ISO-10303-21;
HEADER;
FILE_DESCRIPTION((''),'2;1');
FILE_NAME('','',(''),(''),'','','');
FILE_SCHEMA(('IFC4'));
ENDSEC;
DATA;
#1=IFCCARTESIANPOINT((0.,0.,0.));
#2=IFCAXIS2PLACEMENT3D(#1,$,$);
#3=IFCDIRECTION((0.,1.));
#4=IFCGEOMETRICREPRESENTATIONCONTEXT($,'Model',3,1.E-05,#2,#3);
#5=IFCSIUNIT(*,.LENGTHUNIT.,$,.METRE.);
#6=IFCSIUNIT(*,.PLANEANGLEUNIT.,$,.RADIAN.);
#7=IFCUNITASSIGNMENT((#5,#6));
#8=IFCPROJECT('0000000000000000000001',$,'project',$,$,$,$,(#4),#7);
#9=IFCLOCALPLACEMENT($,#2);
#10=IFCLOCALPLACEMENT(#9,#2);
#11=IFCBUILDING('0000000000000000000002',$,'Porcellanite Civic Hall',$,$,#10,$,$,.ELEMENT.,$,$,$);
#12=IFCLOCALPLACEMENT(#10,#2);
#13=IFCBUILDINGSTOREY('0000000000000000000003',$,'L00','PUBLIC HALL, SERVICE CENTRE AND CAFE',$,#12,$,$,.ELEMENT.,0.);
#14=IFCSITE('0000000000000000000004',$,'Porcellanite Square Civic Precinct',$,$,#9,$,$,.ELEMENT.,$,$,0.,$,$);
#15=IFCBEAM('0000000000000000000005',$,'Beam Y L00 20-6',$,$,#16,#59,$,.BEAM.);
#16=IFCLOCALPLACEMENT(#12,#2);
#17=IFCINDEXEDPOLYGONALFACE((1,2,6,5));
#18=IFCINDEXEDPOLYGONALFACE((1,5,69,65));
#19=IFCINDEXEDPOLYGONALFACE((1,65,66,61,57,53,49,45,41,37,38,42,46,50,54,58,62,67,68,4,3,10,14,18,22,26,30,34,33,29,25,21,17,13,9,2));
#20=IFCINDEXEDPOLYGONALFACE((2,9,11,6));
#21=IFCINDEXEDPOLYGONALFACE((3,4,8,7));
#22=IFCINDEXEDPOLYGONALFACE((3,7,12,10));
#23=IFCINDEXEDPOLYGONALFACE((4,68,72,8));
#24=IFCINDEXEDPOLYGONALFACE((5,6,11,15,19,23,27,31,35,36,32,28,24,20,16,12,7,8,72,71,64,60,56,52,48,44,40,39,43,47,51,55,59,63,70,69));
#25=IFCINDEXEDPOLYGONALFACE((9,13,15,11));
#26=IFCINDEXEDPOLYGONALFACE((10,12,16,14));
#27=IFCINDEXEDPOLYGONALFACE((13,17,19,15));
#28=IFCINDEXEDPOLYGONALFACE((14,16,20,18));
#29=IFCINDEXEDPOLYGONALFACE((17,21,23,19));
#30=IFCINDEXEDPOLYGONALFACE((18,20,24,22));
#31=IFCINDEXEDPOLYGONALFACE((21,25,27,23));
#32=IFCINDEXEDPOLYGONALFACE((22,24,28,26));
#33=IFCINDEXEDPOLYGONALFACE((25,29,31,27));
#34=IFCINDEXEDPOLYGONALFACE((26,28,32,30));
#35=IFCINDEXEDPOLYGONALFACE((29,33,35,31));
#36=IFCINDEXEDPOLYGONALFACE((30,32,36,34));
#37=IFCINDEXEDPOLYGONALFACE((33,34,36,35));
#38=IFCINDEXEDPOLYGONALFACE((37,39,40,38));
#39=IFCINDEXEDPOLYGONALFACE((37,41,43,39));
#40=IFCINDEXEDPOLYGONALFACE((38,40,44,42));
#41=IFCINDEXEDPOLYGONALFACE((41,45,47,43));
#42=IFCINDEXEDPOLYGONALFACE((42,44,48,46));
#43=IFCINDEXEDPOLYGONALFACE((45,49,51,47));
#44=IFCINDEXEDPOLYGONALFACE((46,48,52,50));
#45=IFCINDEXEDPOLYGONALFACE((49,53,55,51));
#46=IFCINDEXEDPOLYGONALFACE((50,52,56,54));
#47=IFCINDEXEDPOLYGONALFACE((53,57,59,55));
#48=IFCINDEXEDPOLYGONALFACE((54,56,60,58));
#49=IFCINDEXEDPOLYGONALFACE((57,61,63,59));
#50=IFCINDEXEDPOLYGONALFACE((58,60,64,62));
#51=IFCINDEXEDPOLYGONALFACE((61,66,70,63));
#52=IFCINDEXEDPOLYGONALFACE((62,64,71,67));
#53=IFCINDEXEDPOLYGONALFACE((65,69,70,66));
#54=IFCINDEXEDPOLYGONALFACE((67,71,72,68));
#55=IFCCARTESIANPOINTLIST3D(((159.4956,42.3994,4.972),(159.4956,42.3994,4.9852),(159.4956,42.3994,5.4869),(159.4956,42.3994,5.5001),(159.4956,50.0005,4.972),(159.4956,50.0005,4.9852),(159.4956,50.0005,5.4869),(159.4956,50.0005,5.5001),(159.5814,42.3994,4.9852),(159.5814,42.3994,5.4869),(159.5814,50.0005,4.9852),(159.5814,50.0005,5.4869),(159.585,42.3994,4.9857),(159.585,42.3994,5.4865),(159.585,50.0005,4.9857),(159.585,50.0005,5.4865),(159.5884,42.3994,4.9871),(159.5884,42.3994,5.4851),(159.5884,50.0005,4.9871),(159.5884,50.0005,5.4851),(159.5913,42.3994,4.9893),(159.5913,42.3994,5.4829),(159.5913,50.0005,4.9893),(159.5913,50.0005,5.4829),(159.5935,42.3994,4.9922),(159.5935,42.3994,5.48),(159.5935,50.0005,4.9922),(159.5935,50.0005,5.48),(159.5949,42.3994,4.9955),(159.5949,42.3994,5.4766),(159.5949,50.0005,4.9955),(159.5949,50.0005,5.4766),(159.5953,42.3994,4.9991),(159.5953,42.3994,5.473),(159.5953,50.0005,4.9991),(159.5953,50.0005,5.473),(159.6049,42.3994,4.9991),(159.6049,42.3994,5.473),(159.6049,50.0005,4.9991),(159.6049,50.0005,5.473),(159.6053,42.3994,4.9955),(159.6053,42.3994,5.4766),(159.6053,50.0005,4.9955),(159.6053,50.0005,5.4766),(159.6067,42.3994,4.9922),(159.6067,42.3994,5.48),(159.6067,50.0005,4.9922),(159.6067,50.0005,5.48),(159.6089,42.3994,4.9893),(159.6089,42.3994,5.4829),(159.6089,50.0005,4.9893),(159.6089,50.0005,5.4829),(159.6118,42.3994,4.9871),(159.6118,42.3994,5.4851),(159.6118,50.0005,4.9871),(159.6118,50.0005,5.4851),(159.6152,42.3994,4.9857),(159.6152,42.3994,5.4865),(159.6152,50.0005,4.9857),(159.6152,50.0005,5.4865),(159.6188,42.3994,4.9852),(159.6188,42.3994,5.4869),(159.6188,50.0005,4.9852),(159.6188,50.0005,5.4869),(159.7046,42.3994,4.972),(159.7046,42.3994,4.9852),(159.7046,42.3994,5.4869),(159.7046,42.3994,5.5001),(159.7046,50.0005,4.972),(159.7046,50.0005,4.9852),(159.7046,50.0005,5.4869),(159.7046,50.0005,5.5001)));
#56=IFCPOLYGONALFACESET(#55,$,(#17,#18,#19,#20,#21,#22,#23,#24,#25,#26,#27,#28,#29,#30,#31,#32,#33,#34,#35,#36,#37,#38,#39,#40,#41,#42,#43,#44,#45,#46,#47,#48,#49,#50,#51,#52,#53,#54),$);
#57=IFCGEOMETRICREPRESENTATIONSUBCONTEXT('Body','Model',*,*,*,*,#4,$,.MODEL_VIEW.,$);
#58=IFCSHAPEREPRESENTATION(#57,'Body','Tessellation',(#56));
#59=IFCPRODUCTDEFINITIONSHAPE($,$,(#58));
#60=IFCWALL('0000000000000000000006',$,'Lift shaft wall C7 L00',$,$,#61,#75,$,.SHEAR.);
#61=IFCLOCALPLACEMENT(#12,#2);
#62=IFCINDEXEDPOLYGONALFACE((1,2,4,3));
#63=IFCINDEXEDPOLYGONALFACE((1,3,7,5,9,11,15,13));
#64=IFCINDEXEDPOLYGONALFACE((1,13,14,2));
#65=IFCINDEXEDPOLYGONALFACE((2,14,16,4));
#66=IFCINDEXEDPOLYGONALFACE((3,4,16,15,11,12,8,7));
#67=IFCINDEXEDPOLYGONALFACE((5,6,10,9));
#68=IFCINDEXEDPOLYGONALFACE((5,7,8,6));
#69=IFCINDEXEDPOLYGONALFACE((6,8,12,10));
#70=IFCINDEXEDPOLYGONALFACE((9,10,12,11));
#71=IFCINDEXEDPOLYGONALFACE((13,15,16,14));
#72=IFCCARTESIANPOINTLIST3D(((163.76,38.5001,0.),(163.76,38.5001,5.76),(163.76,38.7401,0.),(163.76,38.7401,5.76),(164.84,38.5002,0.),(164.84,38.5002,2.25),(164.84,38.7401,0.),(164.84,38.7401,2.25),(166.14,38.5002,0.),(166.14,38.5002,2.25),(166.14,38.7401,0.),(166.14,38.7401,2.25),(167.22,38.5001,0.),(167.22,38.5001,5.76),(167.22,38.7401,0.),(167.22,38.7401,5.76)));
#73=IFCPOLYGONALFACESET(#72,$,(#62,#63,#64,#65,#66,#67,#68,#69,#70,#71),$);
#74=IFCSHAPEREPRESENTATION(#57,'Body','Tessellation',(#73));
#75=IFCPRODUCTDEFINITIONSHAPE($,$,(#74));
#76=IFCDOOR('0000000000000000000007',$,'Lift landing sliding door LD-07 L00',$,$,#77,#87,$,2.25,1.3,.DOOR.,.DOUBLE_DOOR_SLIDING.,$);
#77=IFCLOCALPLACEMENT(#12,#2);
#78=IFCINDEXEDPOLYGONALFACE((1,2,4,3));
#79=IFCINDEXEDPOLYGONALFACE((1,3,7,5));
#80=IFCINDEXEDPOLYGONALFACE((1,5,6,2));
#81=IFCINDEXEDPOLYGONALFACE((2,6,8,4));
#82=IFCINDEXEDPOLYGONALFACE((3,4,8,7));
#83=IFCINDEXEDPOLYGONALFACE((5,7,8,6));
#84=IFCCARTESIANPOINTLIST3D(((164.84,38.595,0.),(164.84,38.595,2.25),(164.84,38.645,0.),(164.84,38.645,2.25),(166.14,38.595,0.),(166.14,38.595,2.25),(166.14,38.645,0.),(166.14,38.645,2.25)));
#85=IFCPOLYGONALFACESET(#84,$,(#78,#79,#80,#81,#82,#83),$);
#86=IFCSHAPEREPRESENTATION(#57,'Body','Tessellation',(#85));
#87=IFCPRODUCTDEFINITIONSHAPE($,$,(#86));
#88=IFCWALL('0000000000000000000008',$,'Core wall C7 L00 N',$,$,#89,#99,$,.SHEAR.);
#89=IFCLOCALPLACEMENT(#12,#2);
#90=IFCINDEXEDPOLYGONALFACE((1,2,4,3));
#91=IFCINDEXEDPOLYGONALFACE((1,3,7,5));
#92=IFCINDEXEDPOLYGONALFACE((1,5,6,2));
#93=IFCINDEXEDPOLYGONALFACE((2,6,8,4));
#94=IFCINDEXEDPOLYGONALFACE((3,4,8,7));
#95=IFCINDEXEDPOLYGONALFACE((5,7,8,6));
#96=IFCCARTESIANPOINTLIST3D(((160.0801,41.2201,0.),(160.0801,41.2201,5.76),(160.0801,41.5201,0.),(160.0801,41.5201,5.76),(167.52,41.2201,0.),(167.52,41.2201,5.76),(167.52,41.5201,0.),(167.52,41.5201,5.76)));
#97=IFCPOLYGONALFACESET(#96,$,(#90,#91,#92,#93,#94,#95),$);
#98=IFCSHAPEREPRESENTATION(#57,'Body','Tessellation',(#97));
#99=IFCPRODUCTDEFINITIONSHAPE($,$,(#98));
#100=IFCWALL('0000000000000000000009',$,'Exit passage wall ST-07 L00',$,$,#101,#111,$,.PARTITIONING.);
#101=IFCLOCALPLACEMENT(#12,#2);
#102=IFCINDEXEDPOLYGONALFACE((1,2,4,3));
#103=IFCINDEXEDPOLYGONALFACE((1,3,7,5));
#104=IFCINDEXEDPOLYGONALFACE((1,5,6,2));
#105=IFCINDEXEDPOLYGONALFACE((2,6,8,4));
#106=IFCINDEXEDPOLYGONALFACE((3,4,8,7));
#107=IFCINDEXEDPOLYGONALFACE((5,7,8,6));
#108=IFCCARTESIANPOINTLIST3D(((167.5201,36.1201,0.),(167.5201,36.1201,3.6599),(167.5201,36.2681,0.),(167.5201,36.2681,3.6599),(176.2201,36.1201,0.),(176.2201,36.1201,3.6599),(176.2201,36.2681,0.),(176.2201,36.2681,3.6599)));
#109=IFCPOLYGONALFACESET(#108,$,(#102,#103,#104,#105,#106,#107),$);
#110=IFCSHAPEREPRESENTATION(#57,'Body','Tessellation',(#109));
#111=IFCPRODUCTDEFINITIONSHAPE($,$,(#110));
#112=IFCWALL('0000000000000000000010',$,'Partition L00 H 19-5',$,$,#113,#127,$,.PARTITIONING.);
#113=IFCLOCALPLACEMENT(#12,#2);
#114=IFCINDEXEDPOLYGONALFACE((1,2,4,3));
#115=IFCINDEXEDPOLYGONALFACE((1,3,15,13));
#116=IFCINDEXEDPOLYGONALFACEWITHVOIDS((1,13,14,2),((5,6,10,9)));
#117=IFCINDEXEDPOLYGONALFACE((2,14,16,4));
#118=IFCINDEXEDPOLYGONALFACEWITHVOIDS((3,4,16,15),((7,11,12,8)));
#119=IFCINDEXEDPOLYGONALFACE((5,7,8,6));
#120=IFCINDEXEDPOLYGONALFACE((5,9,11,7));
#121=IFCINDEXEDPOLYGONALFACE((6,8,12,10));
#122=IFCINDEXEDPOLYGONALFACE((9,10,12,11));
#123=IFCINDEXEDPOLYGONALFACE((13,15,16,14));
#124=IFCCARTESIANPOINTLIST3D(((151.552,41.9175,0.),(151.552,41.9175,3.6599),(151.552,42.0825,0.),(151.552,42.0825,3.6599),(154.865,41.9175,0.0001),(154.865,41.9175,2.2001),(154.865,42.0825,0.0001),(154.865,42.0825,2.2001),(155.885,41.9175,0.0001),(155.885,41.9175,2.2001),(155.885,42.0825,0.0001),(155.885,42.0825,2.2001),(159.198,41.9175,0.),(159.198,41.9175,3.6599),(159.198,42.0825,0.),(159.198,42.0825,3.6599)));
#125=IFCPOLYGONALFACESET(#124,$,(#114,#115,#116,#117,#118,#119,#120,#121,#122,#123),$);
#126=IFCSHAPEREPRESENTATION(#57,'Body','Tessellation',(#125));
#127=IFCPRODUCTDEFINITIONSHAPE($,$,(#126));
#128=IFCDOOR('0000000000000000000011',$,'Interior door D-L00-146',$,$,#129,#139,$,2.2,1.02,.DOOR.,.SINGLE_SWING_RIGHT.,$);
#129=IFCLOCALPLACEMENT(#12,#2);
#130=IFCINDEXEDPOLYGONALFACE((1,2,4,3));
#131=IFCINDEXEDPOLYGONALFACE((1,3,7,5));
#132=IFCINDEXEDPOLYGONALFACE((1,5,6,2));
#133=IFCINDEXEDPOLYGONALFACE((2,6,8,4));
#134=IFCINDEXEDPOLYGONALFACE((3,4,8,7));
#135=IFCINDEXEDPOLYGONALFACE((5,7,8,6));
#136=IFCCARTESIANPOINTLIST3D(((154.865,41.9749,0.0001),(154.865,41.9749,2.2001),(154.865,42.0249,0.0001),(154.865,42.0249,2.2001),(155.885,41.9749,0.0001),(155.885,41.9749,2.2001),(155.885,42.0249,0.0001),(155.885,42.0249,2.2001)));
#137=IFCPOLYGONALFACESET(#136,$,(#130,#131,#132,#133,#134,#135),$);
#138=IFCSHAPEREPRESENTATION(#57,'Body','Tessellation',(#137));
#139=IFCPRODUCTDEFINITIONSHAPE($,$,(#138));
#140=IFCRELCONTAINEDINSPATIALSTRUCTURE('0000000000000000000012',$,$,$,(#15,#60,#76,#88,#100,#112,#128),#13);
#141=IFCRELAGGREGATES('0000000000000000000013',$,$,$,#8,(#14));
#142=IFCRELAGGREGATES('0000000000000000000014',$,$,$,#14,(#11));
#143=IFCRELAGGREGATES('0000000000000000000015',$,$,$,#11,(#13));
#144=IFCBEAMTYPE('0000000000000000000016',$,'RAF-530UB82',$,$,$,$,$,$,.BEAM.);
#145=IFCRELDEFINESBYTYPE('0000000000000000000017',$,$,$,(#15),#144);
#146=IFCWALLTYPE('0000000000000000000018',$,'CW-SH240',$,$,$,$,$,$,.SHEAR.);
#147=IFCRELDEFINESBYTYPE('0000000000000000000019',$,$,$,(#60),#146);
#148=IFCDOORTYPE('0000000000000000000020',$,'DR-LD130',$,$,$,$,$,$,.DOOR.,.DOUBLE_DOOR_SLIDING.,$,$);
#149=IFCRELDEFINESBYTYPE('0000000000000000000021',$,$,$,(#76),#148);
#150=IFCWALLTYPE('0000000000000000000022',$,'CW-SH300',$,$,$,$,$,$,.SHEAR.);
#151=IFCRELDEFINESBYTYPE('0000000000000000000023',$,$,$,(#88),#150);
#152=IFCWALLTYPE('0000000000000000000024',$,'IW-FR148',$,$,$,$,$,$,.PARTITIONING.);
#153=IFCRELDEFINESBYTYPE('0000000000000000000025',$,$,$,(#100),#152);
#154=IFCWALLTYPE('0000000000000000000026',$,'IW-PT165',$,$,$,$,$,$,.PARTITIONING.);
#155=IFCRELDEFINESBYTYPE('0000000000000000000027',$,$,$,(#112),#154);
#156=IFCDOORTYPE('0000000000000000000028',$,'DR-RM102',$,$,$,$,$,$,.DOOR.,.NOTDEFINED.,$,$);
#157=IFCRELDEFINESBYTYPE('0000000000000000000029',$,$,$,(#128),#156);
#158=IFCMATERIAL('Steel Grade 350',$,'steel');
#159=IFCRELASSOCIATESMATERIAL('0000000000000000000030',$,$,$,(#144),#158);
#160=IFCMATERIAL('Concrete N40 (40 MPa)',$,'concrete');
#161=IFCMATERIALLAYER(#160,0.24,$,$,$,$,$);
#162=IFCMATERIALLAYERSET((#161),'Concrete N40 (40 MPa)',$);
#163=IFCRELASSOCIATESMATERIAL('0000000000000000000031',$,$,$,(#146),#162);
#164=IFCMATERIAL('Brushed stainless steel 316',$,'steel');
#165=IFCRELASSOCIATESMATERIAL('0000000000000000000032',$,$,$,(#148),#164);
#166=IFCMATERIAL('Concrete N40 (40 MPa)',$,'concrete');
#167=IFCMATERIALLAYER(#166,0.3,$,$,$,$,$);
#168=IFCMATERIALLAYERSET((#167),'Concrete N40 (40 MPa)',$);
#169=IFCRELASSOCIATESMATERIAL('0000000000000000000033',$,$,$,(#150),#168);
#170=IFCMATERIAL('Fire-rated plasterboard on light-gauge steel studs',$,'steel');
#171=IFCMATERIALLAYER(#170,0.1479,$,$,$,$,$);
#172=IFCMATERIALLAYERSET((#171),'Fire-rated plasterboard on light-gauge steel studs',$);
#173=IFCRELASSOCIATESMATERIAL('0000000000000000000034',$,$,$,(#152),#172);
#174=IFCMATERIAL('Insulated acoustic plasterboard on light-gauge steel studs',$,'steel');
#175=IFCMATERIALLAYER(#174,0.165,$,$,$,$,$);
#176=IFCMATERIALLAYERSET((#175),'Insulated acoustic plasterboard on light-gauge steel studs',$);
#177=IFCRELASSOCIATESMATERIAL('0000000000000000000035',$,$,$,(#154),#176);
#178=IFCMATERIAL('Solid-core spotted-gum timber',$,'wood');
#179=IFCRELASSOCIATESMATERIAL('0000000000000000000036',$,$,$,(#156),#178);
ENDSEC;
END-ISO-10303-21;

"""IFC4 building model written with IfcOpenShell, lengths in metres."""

from ifc_helpers import new_model, si_unit, direction, frame, frame_2d, origin, origin_2d, place, context, subcontext, project, spatial, rectangle, i_section, extrude, material, layer, layer_set, material_profile, profile_set, type_object, element, fill, save


model = new_model("IFC4")

# Units and contexts
model_context = context("Model", 3, precision=1e-05, world=origin(), true_north=direction((0.0, 1.0)))
body_context = subcontext(model_context, "Body", "Model", "MODEL_VIEW")
ifc_project = project(units=[si_unit("LENGTHUNIT", "METRE"), si_unit("PLANEANGLEUNIT", "RADIAN")], contexts=[model_context])

# Site, building, storey
site_placement = place(None, origin())
site = spatial("IfcSite", under=ifc_project, at=site_placement, Name="Porcellanite Square Civic Precinct", CompositionType="ELEMENT", RefElevation=0.0)
building_placement = place(site_placement, origin())
building = spatial("IfcBuilding", under=site, at=building_placement, Name="Porcellanite Civic Hall", CompositionType="ELEMENT")
storey_placement = place(building_placement, origin())
storey = spatial("IfcBuildingStorey", under=building, at=storey_placement, Name="L00", Description="PUBLIC HALL, SERVICE CENTRE AND CAFE", CompositionType="ELEMENT", Elevation=0.0)

# Beam
ifc_material_1 = material(Name="Steel Grade 350", Category="steel")
ifc_material_profile_1 = material_profile(ifc_material_1, i_section(OverallWidth=0.209, OverallDepth=0.5281, WebThickness=0.0095, FlangeThickness=0.0132, FilletRadius=0.0139, at=origin_2d()), Name="530UB82.0")
ifc_profile_set_1 = profile_set([ifc_material_profile_1], Name="Steel Grade 350")
beam_type_1 = type_object("IfcBeamType", Name="RAF-530UB82", PredefinedType="BEAM", material=ifc_profile_set_1)
beam_1_placement = place(storey_placement, frame((159.6001, 42.3994, 5.2361), z_axis=(0.0, 1.0, 0.0), x_axis=(-1.0, 0.0, 0.0)))
element("IfcBeam", 1, at=beam_1_placement, inside=storey, type_object=beam_type_1, Name="Beam Y L00 20-6", PredefinedType="BEAM", context=body_context, shape_type="SweptSolid", body=[
    extrude(i_section(OverallWidth=0.209, OverallDepth=0.5281, WebThickness=0.0095, FlangeThickness=0.0132, FilletRadius=0.0139, at=origin_2d()), origin(), (0.0, 0.0, 1.0), 7.6011),
])

# Wall, opening, door
ifc_material_2 = material(Name="Concrete N40 (40 MPa)", Category="concrete")
ifc_layer_1 = layer(ifc_material_2, 0.24)
ifc_layer_set_1 = layer_set([ifc_layer_1], Name="Concrete N40 (40 MPa)")
wall_type_1 = type_object("IfcWallType", Name="CW-SH240", PredefinedType="SHEAR", material=ifc_layer_set_1)
wall_1_placement = place(storey_placement, frame((163.76, 38.6201, 0.0), z_axis=(0.0, 0.0, 1.0), x_axis=(1.0, 0.0, 0.0)))
wall_1 = element("IfcWall", 2, at=wall_1_placement, inside=storey, type_object=wall_type_1, Name="Lift shaft wall C7 L00", PredefinedType="SHEAR", context=body_context, shape_type="SweptSolid", body=[
    extrude(rectangle(XDim=3.46, YDim=0.24, at=frame_2d((1.73, 0.0))), origin(), (0.0, 0.0, 1.0), 5.76),
])
opening_1_placement = place(wall_1_placement, frame((1.0801, 0.0, 0.0)))
opening_1 = element("IfcOpeningElement", 3, at=opening_1_placement, cuts=wall_1, PredefinedType="OPENING", context=body_context, shape_type="SweptSolid", body=[
    extrude(rectangle(XDim=1.3, YDim=2.25, at=frame_2d((0.6499, 1.125))), frame((0.0, 0.1201, 0.0), z_axis=(0.0, -1.0, 0.0), x_axis=(1.0, 0.0, 0.0)), (0.0, 0.0, 1.0), 0.24),
])
ifc_material_3 = material(Name="Brushed stainless steel 316", Category="steel")
door_type_1 = type_object("IfcDoorType", Name="DR-LD130", OperationType="DOUBLE_DOOR_SLIDING", PredefinedType="DOOR", material=ifc_material_3)
door_1_placement = place(opening_1_placement, origin())
door_1 = element("IfcDoor", 4, at=door_1_placement, inside=storey, type_object=door_type_1, Name="Lift landing sliding door LD-07 L00", OperationType="DOUBLE_DOOR_SLIDING", OverallHeight=2.25, OverallWidth=1.3, PredefinedType="DOOR", context=body_context, shape_type="SweptSolid", body=[
    extrude(rectangle(XDim=1.3, YDim=2.25, at=frame_2d((0.6499, 1.125))), frame((0.0, 0.0249, 0.0), z_axis=(0.0, -1.0, 0.0), x_axis=(1.0, 0.0, 0.0)), (0.0, 0.0, 1.0), 0.05),
])
fill(opening_1, door_1)

# Wall
ifc_material_4 = material(Name="Concrete N40 (40 MPa)", Category="concrete")
ifc_layer_2 = layer(ifc_material_4, 0.3)
ifc_layer_set_2 = layer_set([ifc_layer_2], Name="Concrete N40 (40 MPa)")
wall_type_2 = type_object("IfcWallType", Name="CW-SH300", PredefinedType="SHEAR", material=ifc_layer_set_2)
wall_2_placement = place(storey_placement, frame((160.0801, 41.3701, 0.0), z_axis=(0.0, 0.0, 1.0), x_axis=(1.0, 0.0, 0.0)))
element("IfcWall", 5, at=wall_2_placement, inside=storey, type_object=wall_type_2, Name="Core wall C7 L00 N", PredefinedType="SHEAR", context=body_context, shape_type="SweptSolid", body=[
    extrude(rectangle(XDim=7.4399, YDim=0.3, at=frame_2d((3.72, 0.0))), origin(), (0.0, 0.0, 1.0), 5.76),
])

# Shared definitions
ifc_material_5 = material(Name="Fire-rated plasterboard on light-gauge steel studs", Category="steel")
ifc_layer_3 = layer(ifc_material_5, 0.1479)
ifc_layer_set_3 = layer_set([ifc_layer_3], Name="Fire-rated plasterboard on light-gauge steel studs")
wall_type_3 = type_object("IfcWallType", Name="IW-FR148", PredefinedType="PARTITIONING", material=ifc_layer_set_3)

# Wall
wall_3_placement = place(storey_placement, frame((167.52, 36.1941, 0.0), z_axis=(0.0, 0.0, 1.0), x_axis=(1.0, 0.0, 0.0)))
element("IfcWall", 6, at=wall_3_placement, inside=storey, type_object=wall_type_3, Name="Exit passage wall ST-07 L00", PredefinedType="PARTITIONING", context=body_context, shape_type="SweptSolid", body=[
    extrude(rectangle(XDim=8.7, YDim=0.1479, at=frame_2d((4.3501, 0.0))), origin(), (0.0, 0.0, 1.0), 3.6599),
])

# Wall, opening, door
ifc_material_6 = material(Name="Insulated acoustic plasterboard on light-gauge steel studs", Category="steel")
ifc_layer_4 = layer(ifc_material_6, 0.165)
ifc_layer_set_4 = layer_set([ifc_layer_4], Name="Insulated acoustic plasterboard on light-gauge steel studs")
wall_type_4 = type_object("IfcWallType", Name="IW-PT165", PredefinedType="PARTITIONING", material=ifc_layer_set_4)
wall_4_placement = place(storey_placement, frame((151.552, 42.0, 0.0), z_axis=(0.0, 0.0, 1.0), x_axis=(1.0, 0.0, 0.0)))
wall_4 = element("IfcWall", 7, at=wall_4_placement, inside=storey, type_object=wall_type_4, Name="Partition L00 H 19-5", PredefinedType="PARTITIONING", context=body_context, shape_type="SweptSolid", body=[
    extrude(rectangle(XDim=7.646, YDim=0.165, at=frame_2d((3.823, 0.0))), origin(), (0.0, 0.0, 1.0), 3.6599),
])
opening_2_placement = place(wall_4_placement, frame((3.313, 0.0, 0.0)))
opening_2 = element("IfcOpeningElement", 8, at=opening_2_placement, cuts=wall_4, PredefinedType="OPENING", context=body_context, shape_type="SweptSolid", body=[
    extrude(rectangle(XDim=1.02, YDim=2.2, at=frame_2d((0.51, 1.1001))), frame((0.0, 0.0825, 0.0), z_axis=(0.0, -1.0, 0.0), x_axis=(1.0, 0.0, 0.0)), (0.0, 0.0, 1.0), 0.165),
])
ifc_material_7 = material(Name="Solid-core spotted-gum timber", Category="wood")
door_type_2 = type_object("IfcDoorType", Name="DR-RM102", OperationType="NOTDEFINED", PredefinedType="DOOR", material=ifc_material_7)
door_2_placement = place(opening_2_placement, origin())
door_2 = element("IfcDoor", 9, at=door_2_placement, inside=storey, type_object=door_type_2, Name="Interior door D-L00-146", OperationType="SINGLE_SWING_RIGHT", OverallHeight=2.2, OverallWidth=1.02, PredefinedType="DOOR", context=body_context, shape_type="SweptSolid", body=[
    extrude(rectangle(XDim=1.02, YDim=2.2, at=frame_2d((0.51, 1.1001))), frame((0.0, 0.0249, 0.0), z_axis=(0.0, -1.0, 0.0), x_axis=(1.0, 0.0, 0.0)), (0.0, 0.0, 1.0), 0.05),
])
fill(opening_2, door_2)

save(model, "model.ifc")
